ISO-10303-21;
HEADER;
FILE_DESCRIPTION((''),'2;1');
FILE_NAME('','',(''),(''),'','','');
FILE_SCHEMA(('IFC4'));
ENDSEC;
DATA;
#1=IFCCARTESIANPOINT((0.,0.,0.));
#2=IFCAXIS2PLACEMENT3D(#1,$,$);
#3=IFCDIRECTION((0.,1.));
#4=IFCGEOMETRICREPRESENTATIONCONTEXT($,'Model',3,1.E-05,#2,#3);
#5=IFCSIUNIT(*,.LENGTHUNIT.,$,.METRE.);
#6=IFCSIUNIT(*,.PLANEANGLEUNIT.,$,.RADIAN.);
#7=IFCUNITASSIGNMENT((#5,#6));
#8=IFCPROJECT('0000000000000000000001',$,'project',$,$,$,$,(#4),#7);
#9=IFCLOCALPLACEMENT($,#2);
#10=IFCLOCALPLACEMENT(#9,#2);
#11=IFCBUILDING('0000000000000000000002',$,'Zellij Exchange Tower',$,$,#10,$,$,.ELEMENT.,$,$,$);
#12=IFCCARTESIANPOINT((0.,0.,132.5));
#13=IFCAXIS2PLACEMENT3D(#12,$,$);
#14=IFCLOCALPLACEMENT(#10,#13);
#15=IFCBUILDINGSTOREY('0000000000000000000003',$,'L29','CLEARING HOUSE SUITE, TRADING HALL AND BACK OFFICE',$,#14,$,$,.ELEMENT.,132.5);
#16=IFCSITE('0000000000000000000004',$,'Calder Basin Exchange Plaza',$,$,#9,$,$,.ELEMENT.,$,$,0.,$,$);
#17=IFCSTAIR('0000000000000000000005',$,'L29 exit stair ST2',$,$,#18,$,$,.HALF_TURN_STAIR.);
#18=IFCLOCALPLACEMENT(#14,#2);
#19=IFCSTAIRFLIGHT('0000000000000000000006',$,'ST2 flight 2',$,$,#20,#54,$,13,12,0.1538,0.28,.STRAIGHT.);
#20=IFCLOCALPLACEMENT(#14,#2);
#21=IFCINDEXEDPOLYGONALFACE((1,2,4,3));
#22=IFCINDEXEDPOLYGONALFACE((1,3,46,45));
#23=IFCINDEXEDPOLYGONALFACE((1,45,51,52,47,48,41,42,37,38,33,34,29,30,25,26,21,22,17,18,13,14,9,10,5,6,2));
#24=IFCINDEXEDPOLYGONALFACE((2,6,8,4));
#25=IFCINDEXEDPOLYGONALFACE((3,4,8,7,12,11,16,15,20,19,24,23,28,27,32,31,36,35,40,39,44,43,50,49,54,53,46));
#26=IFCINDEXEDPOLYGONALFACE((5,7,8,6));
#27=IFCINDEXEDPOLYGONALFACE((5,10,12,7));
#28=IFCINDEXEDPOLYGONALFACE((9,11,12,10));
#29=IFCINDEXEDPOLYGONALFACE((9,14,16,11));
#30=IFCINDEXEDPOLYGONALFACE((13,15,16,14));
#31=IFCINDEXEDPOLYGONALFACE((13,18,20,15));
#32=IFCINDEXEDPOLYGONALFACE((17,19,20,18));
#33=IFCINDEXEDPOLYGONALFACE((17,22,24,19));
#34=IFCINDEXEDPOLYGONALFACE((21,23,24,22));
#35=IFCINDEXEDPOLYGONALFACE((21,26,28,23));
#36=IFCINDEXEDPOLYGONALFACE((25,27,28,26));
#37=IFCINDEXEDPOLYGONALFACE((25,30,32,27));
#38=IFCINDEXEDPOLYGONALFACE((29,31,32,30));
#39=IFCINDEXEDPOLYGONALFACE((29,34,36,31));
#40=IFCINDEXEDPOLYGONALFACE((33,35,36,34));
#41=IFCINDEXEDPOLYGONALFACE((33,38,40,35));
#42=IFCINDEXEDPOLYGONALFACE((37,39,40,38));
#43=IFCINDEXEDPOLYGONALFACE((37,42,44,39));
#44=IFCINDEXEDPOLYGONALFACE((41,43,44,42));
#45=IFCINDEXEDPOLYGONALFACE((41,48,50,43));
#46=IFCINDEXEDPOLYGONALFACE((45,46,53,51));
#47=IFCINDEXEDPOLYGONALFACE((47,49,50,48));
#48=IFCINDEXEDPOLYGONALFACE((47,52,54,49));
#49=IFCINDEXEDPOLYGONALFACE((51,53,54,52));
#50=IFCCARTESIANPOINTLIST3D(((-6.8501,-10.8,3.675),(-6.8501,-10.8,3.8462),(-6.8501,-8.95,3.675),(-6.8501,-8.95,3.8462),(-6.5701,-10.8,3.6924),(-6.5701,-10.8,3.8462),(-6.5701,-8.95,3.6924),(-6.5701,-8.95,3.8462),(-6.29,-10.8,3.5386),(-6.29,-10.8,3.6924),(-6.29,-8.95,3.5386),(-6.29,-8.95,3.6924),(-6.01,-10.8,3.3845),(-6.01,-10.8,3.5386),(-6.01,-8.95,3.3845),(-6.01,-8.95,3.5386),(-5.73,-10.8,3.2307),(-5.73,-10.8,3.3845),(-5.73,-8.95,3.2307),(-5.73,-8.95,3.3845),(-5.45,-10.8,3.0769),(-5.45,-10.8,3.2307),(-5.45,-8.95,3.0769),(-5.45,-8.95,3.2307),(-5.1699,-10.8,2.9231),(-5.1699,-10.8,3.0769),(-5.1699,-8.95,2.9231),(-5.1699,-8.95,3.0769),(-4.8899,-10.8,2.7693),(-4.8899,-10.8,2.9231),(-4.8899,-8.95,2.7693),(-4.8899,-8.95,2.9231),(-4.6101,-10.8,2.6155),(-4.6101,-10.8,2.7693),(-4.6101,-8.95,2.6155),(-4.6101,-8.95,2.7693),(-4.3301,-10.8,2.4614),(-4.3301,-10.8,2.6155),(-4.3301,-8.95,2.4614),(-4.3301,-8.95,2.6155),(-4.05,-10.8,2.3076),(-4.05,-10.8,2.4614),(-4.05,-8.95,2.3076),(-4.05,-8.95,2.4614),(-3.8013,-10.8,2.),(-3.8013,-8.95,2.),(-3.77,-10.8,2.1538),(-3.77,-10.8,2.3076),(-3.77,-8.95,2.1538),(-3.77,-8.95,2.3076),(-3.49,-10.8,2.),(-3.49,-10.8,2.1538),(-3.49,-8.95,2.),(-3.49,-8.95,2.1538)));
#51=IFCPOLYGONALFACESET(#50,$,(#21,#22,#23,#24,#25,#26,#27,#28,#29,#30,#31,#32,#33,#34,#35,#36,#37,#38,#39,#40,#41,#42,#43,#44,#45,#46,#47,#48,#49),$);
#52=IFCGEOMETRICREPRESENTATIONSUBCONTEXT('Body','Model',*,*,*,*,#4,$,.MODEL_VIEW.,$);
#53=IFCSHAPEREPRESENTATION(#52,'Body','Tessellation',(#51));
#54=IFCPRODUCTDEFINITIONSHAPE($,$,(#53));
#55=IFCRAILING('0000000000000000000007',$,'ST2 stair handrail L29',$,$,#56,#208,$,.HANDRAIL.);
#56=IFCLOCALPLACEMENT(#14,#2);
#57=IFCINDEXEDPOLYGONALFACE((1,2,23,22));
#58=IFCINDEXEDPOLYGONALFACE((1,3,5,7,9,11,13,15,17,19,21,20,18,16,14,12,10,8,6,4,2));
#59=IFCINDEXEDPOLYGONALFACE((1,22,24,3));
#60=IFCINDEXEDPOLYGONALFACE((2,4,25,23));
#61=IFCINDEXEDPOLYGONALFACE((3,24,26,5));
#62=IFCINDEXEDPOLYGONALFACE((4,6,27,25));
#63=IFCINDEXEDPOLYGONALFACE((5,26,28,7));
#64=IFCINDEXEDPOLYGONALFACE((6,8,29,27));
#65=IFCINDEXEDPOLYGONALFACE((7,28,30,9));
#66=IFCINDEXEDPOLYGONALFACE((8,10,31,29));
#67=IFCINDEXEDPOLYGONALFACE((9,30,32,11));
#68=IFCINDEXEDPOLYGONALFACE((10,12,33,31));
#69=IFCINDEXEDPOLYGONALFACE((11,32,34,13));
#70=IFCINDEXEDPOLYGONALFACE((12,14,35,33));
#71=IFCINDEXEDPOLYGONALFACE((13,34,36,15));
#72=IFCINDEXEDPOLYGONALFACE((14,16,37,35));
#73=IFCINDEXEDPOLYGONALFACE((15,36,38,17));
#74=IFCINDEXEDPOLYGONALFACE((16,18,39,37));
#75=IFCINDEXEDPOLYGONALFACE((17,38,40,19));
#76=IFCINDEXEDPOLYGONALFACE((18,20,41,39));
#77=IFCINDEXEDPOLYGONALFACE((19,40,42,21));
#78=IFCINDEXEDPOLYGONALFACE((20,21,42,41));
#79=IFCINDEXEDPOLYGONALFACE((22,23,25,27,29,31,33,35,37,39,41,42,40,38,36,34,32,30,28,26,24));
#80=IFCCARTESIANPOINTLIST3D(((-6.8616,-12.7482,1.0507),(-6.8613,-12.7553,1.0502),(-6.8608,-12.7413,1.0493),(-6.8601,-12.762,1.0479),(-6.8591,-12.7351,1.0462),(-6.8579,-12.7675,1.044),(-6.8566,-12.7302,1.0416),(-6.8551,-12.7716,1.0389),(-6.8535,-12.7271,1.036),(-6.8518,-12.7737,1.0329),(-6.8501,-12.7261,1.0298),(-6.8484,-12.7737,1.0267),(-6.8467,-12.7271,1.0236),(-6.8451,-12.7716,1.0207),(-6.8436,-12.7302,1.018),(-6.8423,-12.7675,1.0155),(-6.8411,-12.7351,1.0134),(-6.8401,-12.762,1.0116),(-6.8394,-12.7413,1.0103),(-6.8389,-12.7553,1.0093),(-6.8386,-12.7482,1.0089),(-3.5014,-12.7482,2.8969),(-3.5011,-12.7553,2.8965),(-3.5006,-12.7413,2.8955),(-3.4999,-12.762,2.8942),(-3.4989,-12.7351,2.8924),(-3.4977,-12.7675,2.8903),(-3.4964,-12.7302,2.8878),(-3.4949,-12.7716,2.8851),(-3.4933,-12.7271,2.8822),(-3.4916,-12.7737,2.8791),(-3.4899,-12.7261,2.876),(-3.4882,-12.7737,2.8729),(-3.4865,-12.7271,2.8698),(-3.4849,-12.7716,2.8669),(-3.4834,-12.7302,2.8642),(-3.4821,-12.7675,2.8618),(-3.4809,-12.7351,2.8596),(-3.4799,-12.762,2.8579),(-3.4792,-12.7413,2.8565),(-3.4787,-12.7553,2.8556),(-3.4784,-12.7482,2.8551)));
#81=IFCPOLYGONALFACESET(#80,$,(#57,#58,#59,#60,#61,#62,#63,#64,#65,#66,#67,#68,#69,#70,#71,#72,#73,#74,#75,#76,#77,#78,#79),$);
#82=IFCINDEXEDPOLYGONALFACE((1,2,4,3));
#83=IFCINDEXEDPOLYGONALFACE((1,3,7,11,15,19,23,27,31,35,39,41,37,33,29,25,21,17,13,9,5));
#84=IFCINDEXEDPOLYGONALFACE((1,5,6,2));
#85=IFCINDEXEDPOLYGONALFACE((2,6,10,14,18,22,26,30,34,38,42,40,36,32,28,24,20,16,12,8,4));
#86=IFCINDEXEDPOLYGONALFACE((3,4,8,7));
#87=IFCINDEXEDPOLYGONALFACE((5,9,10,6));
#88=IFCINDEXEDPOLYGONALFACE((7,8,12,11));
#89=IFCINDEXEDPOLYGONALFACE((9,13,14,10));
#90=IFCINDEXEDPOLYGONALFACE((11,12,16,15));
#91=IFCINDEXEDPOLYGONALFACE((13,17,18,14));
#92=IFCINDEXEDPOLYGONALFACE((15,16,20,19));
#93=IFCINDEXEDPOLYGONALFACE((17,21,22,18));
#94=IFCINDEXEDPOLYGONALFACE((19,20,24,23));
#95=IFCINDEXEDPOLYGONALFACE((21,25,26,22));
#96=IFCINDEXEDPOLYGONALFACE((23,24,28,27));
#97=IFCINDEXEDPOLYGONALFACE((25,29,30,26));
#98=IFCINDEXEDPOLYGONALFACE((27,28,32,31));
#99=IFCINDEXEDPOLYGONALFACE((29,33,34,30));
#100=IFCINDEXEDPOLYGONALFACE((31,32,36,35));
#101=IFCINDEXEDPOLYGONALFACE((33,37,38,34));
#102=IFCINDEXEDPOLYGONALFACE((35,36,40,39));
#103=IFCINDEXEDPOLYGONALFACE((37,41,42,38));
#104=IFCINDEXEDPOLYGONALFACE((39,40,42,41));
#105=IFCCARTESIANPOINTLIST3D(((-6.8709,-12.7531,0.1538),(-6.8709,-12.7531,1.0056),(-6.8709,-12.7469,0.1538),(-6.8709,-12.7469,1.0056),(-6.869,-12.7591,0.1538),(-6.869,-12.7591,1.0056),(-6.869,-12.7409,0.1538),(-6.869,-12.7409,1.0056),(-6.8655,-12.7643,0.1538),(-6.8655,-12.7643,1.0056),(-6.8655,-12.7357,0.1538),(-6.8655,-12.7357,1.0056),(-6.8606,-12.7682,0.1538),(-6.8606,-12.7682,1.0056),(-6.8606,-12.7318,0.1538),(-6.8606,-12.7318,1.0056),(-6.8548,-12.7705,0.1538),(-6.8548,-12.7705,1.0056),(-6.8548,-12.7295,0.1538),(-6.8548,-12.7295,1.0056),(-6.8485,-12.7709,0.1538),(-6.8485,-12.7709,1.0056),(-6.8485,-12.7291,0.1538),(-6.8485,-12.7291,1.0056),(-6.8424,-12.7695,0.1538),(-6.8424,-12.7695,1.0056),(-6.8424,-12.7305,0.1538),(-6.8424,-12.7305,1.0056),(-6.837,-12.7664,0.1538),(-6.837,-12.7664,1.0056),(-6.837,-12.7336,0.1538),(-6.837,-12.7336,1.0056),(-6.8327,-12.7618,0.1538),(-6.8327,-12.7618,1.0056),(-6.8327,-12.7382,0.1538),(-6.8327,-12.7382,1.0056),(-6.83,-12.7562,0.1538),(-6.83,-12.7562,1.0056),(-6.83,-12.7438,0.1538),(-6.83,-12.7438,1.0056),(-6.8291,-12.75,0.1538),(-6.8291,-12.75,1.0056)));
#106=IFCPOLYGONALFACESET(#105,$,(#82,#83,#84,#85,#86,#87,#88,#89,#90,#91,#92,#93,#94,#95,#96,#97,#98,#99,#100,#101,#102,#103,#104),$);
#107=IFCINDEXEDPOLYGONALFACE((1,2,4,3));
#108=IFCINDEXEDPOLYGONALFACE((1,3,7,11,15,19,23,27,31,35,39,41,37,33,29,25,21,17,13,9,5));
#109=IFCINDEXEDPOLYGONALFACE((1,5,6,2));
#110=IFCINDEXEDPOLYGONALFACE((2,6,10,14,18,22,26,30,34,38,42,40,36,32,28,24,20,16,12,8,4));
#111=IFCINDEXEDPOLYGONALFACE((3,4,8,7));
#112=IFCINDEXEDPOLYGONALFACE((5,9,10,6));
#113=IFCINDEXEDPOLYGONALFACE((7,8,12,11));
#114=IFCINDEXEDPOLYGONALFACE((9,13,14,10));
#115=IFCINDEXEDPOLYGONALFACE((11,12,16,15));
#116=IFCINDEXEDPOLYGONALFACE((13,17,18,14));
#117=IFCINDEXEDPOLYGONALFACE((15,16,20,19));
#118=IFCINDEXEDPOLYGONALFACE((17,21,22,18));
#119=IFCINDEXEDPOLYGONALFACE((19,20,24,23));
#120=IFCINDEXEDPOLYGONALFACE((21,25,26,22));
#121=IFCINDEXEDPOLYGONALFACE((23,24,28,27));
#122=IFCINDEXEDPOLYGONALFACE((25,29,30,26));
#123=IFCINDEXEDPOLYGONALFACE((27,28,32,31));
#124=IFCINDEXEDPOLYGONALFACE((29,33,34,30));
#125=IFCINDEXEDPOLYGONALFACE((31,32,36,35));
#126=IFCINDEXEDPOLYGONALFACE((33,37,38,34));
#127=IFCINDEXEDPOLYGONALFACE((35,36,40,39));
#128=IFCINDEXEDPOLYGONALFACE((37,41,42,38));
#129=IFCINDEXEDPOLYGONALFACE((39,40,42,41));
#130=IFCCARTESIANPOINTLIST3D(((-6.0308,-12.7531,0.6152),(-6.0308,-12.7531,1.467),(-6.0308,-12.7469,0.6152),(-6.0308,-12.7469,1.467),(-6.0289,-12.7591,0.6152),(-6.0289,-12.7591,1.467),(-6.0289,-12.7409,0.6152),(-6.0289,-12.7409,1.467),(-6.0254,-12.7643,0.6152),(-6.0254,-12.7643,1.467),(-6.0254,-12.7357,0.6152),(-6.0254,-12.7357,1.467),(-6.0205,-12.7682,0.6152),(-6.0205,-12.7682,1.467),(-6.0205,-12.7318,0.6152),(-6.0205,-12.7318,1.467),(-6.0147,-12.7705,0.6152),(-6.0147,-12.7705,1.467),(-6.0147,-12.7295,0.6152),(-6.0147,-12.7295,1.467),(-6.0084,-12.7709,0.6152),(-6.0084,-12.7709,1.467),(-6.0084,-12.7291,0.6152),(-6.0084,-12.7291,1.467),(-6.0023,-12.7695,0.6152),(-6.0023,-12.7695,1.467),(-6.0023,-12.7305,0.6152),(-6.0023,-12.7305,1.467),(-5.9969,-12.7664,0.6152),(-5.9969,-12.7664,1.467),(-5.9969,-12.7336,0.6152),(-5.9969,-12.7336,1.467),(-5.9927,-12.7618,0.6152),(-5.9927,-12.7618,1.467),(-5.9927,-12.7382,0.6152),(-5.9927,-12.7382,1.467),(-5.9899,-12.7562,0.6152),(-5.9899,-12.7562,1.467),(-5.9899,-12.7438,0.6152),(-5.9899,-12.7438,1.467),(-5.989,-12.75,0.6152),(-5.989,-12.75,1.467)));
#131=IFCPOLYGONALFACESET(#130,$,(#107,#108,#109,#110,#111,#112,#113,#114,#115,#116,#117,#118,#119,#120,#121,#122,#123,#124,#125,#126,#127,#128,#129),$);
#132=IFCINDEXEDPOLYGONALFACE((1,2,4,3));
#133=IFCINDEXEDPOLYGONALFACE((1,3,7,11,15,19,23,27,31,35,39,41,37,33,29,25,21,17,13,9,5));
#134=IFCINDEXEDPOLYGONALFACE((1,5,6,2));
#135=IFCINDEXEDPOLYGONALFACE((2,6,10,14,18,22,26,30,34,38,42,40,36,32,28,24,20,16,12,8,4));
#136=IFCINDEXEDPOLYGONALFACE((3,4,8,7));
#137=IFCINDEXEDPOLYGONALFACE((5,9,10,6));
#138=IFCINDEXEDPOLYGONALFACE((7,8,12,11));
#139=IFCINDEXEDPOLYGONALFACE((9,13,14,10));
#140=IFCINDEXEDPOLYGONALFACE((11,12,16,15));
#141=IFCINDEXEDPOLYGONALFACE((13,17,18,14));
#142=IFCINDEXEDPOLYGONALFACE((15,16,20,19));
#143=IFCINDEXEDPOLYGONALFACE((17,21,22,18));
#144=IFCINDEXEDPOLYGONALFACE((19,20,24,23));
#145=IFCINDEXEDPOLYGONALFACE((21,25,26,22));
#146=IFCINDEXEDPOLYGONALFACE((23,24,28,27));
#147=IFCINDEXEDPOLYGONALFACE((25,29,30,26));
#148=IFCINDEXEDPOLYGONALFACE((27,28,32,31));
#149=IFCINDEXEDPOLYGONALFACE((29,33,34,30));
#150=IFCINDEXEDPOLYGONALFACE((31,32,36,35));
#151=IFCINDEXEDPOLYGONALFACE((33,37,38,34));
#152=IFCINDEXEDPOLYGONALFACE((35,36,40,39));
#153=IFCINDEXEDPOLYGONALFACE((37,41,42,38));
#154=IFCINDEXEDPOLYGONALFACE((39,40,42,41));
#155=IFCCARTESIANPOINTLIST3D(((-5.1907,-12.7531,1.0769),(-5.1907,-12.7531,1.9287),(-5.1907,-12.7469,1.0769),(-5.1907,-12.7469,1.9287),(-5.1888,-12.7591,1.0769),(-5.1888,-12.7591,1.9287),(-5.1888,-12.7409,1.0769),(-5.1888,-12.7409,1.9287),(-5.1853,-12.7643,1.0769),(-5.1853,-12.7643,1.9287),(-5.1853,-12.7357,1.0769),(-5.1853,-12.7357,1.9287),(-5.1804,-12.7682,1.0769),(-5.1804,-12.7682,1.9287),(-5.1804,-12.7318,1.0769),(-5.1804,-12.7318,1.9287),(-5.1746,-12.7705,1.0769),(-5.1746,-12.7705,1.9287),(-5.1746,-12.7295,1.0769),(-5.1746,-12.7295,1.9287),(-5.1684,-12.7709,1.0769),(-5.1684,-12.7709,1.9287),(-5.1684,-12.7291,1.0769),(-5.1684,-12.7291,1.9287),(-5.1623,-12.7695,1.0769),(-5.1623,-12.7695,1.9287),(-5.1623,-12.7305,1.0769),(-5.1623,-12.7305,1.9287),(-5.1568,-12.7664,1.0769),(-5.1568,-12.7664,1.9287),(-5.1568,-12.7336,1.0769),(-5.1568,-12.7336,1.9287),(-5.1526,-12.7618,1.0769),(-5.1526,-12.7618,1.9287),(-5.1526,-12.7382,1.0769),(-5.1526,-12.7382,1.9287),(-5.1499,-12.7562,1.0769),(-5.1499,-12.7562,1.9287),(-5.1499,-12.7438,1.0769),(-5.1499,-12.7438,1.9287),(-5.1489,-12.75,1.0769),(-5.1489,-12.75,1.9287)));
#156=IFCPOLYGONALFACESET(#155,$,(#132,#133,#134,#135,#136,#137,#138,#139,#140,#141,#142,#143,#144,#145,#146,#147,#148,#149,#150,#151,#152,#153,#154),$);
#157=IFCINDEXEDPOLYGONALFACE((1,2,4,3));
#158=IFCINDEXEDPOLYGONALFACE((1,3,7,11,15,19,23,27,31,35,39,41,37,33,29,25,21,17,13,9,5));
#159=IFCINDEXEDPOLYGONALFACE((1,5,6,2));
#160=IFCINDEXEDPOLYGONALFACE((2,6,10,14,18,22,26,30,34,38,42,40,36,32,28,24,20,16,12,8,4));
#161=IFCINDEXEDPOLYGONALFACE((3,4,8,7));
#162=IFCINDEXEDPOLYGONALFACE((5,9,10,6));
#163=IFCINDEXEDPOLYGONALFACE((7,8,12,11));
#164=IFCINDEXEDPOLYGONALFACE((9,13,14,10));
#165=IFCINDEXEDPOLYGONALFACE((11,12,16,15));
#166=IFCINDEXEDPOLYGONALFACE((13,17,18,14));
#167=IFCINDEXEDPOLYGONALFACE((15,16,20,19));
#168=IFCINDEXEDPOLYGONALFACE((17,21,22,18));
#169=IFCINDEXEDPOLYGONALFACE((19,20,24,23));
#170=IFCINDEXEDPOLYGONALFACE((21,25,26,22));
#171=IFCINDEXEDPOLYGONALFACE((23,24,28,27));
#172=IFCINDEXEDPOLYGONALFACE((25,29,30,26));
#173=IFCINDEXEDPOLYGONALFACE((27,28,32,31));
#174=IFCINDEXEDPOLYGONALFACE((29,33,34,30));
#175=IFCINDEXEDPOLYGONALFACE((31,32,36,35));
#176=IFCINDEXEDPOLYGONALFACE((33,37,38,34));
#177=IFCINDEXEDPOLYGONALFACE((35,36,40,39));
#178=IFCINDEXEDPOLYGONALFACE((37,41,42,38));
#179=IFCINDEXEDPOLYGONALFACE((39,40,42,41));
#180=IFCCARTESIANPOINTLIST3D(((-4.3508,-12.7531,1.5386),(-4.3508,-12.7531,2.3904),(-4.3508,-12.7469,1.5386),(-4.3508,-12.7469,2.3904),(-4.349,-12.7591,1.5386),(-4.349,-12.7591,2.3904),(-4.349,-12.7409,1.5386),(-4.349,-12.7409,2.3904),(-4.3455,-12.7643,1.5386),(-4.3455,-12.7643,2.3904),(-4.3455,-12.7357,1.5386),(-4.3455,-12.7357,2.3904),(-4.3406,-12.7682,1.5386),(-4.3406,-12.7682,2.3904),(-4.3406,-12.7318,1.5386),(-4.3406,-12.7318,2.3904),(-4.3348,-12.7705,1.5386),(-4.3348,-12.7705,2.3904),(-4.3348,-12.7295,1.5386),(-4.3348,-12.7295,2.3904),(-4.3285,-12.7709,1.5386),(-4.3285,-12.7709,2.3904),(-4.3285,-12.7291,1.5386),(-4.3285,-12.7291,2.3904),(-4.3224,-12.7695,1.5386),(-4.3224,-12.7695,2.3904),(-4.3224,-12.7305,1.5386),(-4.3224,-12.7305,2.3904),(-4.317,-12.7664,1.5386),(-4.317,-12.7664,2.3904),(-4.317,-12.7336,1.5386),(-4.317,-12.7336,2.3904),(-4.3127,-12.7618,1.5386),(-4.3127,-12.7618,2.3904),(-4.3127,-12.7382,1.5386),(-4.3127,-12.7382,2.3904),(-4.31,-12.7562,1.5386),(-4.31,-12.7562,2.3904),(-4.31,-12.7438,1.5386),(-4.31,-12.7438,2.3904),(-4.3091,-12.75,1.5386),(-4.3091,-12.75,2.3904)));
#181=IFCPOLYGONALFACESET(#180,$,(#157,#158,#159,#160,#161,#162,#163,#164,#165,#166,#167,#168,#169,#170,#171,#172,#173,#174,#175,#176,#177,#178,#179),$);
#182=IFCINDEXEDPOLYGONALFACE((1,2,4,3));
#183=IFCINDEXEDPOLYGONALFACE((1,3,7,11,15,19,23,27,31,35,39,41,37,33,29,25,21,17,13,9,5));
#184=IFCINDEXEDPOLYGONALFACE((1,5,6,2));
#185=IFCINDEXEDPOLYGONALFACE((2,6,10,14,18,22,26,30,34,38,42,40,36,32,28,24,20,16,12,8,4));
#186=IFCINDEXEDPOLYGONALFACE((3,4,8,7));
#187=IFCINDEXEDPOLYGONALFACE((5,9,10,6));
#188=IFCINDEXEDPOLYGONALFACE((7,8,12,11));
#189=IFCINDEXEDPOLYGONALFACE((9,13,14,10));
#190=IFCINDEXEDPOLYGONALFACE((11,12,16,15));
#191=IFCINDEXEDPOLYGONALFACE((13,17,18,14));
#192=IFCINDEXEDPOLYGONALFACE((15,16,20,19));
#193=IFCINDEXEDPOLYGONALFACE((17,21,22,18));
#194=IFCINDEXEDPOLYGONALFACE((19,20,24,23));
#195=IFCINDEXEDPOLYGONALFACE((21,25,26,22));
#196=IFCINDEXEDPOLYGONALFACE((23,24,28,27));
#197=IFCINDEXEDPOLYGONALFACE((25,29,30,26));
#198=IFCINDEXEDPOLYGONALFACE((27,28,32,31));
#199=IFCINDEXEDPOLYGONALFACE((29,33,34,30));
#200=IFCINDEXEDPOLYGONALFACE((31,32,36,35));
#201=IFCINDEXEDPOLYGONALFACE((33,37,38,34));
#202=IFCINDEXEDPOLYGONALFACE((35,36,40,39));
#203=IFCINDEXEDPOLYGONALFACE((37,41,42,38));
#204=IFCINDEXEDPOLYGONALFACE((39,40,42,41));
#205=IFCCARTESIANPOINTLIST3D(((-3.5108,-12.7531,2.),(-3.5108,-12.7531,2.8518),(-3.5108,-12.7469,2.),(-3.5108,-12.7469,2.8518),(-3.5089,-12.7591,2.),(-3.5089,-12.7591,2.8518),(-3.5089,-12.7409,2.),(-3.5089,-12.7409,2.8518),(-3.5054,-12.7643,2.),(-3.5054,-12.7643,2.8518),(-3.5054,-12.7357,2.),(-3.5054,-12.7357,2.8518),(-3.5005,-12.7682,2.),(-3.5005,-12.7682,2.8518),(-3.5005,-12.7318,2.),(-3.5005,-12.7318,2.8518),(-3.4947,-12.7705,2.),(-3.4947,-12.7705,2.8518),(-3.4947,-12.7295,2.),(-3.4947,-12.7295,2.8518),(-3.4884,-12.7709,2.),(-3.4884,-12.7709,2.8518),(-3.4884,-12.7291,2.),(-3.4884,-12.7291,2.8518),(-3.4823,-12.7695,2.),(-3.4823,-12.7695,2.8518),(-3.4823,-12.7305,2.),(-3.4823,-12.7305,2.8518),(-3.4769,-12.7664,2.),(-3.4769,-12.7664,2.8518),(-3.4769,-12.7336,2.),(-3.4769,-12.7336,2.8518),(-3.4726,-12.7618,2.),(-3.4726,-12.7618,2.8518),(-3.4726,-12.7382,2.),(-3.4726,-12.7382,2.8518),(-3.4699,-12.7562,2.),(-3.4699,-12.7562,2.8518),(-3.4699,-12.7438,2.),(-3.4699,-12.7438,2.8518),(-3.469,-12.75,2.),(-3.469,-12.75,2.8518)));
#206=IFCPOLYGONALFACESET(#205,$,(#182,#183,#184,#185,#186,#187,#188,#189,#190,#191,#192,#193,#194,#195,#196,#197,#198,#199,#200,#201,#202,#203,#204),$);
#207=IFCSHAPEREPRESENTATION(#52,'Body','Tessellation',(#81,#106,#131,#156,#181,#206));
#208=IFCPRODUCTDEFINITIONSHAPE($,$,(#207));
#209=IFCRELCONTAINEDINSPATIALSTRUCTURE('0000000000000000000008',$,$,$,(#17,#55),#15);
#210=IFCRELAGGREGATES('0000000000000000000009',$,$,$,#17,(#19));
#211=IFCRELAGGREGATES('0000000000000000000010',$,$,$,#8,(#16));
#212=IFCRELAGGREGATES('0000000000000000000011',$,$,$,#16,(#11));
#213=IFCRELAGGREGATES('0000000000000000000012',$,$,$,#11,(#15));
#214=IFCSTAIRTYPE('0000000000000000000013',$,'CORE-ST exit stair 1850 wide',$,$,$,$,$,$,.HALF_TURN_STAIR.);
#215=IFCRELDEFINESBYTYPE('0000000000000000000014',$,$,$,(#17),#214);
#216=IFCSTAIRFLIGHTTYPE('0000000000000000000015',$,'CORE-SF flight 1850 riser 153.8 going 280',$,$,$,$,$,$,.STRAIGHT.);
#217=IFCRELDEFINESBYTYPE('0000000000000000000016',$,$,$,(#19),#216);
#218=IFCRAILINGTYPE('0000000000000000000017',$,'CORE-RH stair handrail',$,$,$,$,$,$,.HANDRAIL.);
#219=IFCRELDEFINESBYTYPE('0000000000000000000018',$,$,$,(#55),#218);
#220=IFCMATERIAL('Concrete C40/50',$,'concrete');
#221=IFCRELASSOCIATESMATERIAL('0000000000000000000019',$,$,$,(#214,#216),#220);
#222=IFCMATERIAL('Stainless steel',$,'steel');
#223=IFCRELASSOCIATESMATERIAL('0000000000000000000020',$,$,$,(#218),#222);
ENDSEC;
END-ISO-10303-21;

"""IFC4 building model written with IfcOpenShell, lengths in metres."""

from ifc_helpers import new_model, si_unit, direction, frame, origin, origin_2d, place, context, subcontext, project, spatial, polyline, circle, outline, extrude, material, type_object, element, aggregate, save


model = new_model("IFC4")

# Units and contexts
model_context = context("Model", 3, precision=1e-05, world=origin(), true_north=direction((0.0, 1.0)))
body_context = subcontext(model_context, "Body", "Model", "MODEL_VIEW")
ifc_project = project(units=[si_unit("LENGTHUNIT", "METRE"), si_unit("PLANEANGLEUNIT", "RADIAN")], contexts=[model_context])

# Site, building, storey
site_placement = place(None, origin())
site = spatial("IfcSite", under=ifc_project, at=site_placement, Name="Calder Basin Exchange Plaza", CompositionType="ELEMENT", RefElevation=0.0)
building_placement = place(site_placement, origin())
building = spatial("IfcBuilding", under=site, at=building_placement, Name="Zellij Exchange Tower", CompositionType="ELEMENT")
storey_placement = place(building_placement, frame((0.0, 0.0, 132.5)))
storey = spatial("IfcBuildingStorey", under=building, at=storey_placement, Name="L29", Description="CLEARING HOUSE SUITE, TRADING HALL AND BACK OFFICE", CompositionType="ELEMENT", Elevation=132.5)

# Stair, stair flight
ifc_material_1 = material(Name="Concrete C40/50", Category="concrete")
stair_type = type_object("IfcStairType", Name="CORE-ST exit stair 1850 wide", PredefinedType="HALF_TURN_STAIR", material=ifc_material_1)
stair_placement = place(storey_placement, origin())
stair = element("IfcStair", 1, at=stair_placement, inside=storey, type_object=stair_type, Name="L29 exit stair ST2", PredefinedType="HALF_TURN_STAIR")
stair_flight_type = type_object("IfcStairFlightType", Name="CORE-SF flight 1850 riser 153.8 going 280", PredefinedType="STRAIGHT", material=ifc_material_1)
stair_flight_1_placement = place(storey_placement, frame((-3.49, -9.875, 2.0), z_axis=(0.0, 0.0, 1.0), x_axis=(-1.0, 0.0, 0.0)))
stair_flight_1 = element("IfcStairFlight", 2, at=stair_flight_1_placement, type_object=stair_flight_type, Name="ST2 flight 2", NumberOfRisers=13, NumberOfTreads=12, PredefinedType="STRAIGHT", RiserHeight=0.1538, TreadLength=0.28, context=body_context, shape_type="SweptSolid", body=[
    extrude(outline(polyline([(0.0, 0.0), (0.0, 0.1538), (0.28, 0.1538), (0.28, 0.3076), (0.5601, 0.3076), (0.5601, 0.4614), (0.8401, 0.4614), (0.8401, 0.6155), (1.1201, 0.6155), (1.1201, 0.7693), (1.3999, 0.7693), (1.3999, 0.9231), (1.6799, 0.9231), (1.6799, 1.0769), (1.96, 1.0769), (1.96, 1.2307), (2.24, 1.2307), (2.24, 1.3845), (2.52, 1.3845), (2.52, 1.5386), (2.8, 1.5386), (2.8, 1.6924), (3.0801, 1.6924), (3.0801, 1.8462), (3.3601, 1.8462), (3.3601, 2.0), (3.3601, 1.675), (0.3113, 0.0), (0.0, 0.0)])), frame((0.0, 0.925, 0.0), z_axis=(0.0, -1.0, 0.0), x_axis=(1.0, 0.0, 0.0)), (0.0, 0.0, 1.0), 1.8501),
])
aggregate(stair, [stair_flight_1])

# Railing
ifc_material_2 = material(Name="Stainless steel", Category="steel")
railing_type_1 = type_object("IfcRailingType", Name="CORE-RH stair handrail", PredefinedType="HANDRAIL", material=ifc_material_2)
railing_1_placement = place(storey_placement, frame((-6.8501, -12.75, 0.1538)))
element("IfcRailing", 3, at=railing_1_placement, inside=storey, type_object=railing_type_1, Name="ST2 stair handrail L29", PredefinedType="HANDRAIL", context=body_context, shape_type="SweptSolid", body=[
    extrude(circle(Radius=0.0239, at=origin_2d()), frame((0.0, 0.0, 0.876), z_axis=(0.876422, 0.0, 0.481545), x_axis=(0.0, 1.0, 0.0)), (0.0, 0.0, 1.0), 3.834),
    extrude(circle(Radius=0.021, at=origin_2d()), origin(), (0.0, 0.0, 1.0), 0.8518),
    extrude(circle(Radius=0.021, at=origin_2d()), frame((0.8401, 0.0, 0.4614)), (0.0, 0.0, 1.0), 0.8518),
    extrude(circle(Radius=0.021, at=origin_2d()), frame((1.6802, 0.0, 0.9231)), (0.0, 0.0, 1.0), 0.8518),
    extrude(circle(Radius=0.021, at=origin_2d()), frame((2.52, 0.0, 1.3848)), (0.0, 0.0, 1.0), 0.8518),
    extrude(circle(Radius=0.021, at=origin_2d()), frame((3.3601, 0.0, 1.8462)), (0.0, 0.0, 1.0), 0.8518),
])

save(model, "model.ifc")
